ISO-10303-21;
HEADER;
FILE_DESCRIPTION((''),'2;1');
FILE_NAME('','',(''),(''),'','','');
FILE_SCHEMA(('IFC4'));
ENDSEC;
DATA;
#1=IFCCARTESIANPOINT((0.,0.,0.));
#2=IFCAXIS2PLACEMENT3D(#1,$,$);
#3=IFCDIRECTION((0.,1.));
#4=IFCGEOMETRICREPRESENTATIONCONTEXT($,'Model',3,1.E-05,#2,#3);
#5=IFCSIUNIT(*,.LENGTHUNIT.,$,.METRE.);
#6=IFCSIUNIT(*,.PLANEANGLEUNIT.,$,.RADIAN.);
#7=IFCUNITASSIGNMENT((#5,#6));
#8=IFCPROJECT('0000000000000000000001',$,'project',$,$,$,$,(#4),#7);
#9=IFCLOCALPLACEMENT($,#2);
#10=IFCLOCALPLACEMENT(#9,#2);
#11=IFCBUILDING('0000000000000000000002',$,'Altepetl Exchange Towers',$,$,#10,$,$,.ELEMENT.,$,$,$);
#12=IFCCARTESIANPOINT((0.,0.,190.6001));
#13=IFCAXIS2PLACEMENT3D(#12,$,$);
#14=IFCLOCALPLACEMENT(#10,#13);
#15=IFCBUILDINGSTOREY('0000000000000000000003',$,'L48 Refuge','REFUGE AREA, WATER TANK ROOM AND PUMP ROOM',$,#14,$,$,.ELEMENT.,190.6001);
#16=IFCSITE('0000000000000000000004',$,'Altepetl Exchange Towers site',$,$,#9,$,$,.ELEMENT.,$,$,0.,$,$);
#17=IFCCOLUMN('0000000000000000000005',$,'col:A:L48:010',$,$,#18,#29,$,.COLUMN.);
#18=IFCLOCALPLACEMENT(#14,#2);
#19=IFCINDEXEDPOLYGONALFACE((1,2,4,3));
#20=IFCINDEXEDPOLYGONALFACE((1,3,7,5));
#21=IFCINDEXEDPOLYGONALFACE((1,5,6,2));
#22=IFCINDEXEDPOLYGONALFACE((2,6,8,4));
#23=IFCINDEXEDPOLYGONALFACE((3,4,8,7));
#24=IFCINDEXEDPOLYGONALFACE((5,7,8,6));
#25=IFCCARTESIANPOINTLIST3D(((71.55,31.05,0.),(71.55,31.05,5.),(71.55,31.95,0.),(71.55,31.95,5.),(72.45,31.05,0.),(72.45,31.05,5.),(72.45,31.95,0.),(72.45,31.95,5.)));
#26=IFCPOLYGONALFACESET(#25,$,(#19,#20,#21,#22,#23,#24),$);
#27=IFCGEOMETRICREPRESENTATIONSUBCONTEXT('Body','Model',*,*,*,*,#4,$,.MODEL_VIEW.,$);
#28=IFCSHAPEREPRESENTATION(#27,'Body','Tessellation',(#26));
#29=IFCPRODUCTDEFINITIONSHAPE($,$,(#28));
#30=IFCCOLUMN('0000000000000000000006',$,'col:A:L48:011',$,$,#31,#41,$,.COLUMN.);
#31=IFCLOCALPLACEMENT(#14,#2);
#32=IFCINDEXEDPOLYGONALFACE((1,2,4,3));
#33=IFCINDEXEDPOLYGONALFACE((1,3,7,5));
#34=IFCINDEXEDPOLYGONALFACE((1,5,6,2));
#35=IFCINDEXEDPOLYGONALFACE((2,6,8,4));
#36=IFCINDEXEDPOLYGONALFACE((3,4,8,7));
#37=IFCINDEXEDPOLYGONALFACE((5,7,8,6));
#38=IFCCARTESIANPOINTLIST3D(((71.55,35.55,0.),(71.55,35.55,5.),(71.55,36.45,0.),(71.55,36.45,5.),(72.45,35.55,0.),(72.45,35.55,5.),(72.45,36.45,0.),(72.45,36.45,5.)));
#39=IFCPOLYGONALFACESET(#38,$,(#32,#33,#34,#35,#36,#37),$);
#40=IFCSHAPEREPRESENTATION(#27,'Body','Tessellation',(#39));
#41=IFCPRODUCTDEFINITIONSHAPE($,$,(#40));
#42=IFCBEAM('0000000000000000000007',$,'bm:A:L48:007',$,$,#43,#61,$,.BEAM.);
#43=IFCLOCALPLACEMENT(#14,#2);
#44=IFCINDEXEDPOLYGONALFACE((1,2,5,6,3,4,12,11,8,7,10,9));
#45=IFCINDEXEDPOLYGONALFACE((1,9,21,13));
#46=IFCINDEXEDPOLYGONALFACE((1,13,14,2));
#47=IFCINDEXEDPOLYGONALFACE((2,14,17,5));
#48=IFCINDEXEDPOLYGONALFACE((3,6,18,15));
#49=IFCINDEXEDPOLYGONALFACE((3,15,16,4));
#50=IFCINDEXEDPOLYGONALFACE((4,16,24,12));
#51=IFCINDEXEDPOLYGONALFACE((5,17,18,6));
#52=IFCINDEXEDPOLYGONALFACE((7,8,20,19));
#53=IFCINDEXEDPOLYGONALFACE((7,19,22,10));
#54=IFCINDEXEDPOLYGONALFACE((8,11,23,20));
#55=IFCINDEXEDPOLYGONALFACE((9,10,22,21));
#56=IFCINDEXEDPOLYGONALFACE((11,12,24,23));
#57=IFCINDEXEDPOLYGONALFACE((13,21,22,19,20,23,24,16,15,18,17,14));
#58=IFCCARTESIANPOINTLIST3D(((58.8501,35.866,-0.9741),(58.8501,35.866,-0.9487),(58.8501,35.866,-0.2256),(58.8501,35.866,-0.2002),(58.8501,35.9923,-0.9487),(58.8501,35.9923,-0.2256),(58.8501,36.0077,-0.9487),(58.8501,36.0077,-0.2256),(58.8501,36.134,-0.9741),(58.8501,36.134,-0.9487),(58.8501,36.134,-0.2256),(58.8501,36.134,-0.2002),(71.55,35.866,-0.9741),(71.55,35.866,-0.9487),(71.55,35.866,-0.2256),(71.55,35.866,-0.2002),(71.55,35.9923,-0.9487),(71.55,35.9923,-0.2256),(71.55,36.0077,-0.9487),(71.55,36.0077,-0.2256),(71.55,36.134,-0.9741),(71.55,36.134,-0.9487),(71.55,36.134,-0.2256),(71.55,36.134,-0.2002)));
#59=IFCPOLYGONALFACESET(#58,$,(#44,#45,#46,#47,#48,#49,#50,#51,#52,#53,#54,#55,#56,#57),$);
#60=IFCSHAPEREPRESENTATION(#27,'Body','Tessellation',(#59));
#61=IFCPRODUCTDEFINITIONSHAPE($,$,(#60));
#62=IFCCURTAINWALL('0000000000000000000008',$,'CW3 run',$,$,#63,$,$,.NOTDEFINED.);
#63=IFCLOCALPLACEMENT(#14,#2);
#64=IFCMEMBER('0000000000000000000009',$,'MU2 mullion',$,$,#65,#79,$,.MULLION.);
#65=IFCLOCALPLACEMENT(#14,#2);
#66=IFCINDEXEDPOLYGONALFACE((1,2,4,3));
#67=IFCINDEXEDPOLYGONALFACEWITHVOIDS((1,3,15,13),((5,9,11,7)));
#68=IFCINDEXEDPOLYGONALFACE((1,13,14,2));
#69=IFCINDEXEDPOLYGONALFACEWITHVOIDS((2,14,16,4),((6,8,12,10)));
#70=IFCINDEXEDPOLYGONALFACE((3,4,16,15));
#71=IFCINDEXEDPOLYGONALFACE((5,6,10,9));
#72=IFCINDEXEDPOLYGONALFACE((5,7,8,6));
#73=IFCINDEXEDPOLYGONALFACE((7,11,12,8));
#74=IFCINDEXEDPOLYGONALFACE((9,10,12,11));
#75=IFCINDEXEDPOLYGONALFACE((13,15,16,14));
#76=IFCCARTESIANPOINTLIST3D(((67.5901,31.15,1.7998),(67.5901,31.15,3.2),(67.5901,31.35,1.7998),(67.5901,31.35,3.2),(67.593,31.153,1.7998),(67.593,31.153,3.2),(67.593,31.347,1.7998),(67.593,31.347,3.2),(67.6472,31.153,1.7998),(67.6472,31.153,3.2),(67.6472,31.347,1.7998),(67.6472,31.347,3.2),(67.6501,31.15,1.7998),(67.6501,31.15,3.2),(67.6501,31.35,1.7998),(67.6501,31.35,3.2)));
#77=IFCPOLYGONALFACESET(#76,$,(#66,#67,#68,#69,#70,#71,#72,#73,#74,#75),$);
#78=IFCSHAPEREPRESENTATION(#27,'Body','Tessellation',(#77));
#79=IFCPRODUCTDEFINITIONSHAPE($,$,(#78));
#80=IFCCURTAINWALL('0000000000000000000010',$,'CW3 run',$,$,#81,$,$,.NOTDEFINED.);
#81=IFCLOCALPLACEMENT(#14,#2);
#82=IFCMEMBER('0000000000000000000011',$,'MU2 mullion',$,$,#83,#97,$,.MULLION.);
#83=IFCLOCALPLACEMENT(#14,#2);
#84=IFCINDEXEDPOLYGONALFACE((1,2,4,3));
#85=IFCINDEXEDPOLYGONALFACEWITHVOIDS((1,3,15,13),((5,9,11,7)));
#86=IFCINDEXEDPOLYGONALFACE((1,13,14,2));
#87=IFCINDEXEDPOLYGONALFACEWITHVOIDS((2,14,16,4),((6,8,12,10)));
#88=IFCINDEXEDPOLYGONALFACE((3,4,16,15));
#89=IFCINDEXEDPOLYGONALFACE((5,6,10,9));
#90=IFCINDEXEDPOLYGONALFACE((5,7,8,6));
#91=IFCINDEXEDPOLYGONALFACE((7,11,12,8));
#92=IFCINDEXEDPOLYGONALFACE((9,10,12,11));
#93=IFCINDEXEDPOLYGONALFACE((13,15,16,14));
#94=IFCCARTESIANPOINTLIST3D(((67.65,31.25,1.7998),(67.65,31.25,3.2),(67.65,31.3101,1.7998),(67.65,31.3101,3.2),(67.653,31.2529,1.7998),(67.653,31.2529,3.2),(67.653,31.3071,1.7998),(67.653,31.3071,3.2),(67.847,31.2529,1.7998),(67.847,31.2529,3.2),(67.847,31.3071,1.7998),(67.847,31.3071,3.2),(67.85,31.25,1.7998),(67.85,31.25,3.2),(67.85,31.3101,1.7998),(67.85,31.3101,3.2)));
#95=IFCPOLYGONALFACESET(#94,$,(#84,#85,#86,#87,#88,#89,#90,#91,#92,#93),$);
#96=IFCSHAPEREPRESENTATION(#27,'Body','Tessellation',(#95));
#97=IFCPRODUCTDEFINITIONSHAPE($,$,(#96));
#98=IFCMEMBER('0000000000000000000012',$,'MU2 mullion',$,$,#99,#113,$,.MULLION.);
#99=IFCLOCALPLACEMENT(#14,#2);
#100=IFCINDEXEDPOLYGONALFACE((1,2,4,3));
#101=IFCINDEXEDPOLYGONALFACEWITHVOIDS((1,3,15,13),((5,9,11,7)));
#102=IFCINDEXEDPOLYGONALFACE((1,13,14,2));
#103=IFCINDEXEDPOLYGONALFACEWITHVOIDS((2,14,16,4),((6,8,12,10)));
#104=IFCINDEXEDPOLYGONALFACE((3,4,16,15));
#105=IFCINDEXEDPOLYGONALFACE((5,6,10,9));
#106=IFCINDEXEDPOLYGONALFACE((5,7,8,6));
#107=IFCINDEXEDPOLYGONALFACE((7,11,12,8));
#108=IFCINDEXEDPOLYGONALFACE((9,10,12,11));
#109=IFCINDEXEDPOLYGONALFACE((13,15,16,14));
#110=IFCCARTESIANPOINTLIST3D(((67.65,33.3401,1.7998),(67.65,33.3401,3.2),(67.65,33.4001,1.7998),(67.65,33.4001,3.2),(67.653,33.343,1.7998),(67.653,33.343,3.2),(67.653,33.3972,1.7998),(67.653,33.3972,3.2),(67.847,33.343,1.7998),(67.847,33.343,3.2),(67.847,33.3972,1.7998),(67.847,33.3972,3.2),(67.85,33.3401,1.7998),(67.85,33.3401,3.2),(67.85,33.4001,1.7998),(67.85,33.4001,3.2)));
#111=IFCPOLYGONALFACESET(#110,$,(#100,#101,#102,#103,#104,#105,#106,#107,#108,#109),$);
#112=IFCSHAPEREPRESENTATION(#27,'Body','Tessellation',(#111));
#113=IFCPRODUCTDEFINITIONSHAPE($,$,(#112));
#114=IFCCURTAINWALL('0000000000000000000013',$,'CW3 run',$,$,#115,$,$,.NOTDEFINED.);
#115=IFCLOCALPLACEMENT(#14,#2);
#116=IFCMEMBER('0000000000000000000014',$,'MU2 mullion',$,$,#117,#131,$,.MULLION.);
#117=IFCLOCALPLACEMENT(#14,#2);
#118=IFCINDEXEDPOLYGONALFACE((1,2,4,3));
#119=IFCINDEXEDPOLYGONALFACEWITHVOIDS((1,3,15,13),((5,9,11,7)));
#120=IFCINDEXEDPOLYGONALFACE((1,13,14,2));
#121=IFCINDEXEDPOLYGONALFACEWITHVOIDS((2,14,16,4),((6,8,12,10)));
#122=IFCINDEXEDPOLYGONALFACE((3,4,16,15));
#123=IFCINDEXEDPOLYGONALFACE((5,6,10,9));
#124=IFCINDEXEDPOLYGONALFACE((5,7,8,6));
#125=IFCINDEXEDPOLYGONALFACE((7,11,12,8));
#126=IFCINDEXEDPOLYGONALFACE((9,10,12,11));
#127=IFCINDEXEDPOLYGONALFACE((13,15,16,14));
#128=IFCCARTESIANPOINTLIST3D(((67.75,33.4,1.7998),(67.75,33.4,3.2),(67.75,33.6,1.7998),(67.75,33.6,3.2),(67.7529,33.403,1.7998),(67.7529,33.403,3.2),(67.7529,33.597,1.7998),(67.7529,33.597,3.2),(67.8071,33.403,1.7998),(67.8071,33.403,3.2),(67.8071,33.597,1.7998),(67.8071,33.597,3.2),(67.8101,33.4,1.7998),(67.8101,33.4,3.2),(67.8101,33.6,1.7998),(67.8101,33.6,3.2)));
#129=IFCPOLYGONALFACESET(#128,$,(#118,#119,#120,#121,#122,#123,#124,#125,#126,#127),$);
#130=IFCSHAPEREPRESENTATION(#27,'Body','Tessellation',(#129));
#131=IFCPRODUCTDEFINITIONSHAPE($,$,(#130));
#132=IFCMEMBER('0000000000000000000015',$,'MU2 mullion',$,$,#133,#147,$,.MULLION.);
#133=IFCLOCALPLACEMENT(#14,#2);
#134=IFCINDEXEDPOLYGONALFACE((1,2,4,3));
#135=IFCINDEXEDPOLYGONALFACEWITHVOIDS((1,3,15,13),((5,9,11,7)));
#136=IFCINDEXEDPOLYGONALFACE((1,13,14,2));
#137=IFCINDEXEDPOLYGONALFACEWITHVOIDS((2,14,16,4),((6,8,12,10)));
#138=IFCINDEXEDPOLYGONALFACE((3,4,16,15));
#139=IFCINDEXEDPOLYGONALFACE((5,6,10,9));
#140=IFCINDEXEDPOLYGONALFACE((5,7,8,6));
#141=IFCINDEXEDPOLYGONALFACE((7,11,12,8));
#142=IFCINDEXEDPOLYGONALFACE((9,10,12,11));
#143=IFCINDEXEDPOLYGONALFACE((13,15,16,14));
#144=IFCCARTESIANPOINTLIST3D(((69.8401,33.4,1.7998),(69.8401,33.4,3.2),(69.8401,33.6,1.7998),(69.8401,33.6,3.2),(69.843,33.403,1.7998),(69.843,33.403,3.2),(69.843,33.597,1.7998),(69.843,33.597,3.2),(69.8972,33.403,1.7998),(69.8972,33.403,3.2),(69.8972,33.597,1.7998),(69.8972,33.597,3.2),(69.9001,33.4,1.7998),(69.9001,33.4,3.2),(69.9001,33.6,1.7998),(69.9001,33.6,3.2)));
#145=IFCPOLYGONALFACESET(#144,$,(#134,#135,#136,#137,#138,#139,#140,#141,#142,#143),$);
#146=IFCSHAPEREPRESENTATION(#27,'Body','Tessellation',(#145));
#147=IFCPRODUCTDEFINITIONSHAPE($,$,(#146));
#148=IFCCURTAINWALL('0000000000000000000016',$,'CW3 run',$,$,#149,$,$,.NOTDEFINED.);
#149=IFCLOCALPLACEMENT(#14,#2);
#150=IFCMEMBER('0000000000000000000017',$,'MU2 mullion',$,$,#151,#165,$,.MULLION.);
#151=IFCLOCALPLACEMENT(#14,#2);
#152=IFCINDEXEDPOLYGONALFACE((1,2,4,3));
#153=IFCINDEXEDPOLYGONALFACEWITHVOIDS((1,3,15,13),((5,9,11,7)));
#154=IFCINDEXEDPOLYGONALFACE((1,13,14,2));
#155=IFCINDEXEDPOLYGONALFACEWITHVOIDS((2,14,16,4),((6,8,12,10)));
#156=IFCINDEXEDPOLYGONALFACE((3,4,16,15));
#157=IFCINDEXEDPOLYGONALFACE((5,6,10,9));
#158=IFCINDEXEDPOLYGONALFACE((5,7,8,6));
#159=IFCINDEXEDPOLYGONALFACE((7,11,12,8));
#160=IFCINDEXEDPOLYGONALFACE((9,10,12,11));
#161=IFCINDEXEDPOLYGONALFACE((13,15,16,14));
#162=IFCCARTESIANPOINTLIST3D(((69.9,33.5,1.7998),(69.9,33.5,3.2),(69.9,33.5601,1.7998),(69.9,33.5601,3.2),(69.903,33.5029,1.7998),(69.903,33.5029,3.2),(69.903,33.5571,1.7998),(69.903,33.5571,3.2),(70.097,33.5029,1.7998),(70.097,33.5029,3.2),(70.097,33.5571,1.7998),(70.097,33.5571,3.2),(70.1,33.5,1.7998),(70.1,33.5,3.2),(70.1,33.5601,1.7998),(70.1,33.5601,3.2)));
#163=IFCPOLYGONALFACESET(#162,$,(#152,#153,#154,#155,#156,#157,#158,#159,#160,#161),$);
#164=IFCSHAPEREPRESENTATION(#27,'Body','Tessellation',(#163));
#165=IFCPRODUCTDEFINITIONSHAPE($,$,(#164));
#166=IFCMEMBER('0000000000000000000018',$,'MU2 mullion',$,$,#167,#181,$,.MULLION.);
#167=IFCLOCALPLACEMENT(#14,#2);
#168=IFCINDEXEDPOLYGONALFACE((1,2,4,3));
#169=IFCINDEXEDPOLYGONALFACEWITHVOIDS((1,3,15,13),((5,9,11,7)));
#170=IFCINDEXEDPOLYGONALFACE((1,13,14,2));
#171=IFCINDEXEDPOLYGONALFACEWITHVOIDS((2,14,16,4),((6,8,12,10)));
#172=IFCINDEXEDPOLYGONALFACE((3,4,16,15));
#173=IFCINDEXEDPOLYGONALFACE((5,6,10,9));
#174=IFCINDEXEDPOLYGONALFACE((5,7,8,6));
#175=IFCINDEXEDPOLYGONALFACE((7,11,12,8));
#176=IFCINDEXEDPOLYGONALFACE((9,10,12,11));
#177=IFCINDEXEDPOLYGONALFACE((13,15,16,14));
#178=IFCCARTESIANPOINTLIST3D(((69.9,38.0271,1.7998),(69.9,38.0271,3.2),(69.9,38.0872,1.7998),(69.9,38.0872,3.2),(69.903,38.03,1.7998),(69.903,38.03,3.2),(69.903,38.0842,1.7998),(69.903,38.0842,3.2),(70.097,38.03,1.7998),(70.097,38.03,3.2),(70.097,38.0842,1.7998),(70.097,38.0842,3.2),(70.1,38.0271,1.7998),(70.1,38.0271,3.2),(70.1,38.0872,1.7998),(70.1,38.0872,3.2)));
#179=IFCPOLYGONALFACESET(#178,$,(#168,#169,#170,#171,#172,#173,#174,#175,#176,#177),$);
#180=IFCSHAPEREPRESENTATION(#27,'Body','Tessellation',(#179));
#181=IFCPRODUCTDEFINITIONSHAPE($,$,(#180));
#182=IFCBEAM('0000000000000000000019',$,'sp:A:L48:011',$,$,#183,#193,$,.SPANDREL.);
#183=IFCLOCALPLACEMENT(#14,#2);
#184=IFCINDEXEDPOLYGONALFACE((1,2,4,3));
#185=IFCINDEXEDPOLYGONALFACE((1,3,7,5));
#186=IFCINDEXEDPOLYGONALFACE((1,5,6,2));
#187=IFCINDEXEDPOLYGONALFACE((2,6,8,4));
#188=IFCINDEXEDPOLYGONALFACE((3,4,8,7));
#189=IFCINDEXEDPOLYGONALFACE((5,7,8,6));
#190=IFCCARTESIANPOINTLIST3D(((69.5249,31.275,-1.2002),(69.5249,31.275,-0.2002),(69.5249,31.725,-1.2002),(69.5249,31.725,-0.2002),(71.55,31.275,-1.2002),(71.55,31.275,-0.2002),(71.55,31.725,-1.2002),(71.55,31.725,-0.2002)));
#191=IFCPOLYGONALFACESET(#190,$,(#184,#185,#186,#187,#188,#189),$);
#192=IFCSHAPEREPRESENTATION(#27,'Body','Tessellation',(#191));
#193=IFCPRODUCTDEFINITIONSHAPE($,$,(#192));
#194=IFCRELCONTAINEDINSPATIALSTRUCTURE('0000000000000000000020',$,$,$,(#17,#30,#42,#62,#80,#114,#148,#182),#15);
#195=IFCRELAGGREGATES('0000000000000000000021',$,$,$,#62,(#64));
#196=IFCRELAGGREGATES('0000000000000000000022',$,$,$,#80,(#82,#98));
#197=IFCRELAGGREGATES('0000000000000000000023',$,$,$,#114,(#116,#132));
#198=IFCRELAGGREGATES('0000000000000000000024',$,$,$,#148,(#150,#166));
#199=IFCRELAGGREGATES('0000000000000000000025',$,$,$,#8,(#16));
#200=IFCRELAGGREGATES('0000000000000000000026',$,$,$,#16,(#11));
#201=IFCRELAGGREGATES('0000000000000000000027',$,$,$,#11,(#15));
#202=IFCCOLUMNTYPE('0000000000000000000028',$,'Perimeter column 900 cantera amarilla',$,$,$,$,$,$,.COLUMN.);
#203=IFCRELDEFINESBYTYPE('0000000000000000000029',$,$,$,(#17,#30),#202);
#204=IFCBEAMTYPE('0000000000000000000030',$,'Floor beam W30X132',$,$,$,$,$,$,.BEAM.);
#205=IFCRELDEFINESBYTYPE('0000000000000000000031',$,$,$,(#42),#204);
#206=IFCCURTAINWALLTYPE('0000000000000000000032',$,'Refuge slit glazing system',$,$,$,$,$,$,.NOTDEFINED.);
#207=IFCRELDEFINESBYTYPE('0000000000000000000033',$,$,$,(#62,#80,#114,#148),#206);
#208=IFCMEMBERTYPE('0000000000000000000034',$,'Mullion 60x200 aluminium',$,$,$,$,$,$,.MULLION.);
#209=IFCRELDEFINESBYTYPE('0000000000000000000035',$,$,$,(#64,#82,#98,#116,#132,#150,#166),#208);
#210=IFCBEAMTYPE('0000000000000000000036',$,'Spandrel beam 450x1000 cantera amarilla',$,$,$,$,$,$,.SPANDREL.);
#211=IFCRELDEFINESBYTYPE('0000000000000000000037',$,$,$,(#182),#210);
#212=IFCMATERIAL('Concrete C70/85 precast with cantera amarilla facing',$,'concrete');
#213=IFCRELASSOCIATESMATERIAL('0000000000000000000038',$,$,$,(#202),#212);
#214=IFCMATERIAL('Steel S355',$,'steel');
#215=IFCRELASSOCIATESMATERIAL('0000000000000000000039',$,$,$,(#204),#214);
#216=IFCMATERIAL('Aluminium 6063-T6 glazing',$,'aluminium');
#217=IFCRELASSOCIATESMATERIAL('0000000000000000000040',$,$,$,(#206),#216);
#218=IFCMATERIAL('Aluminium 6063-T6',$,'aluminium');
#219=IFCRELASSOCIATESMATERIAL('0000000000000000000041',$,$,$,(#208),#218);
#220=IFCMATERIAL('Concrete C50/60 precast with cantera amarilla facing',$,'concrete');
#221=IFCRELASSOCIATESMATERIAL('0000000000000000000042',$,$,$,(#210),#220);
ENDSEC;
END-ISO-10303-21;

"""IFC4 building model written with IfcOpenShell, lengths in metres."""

from ifc_helpers import new_model, si_unit, direction, frame, origin, origin_2d, place, context, subcontext, project, spatial, rectangle, hollow_rectangle, i_section, extrude, material, material_profile, profile_set, type_object, element, aggregate, save


model = new_model("IFC4")

# Units and contexts
model_context = context("Model", 3, precision=1e-05, world=origin(), true_north=direction((0.0, 1.0)))
body_context = subcontext(model_context, "Body", "Model", "MODEL_VIEW")
ifc_project = project(units=[si_unit("LENGTHUNIT", "METRE"), si_unit("PLANEANGLEUNIT", "RADIAN")], contexts=[model_context])

# Site, building, storey
site_placement = place(None, origin())
site = spatial("IfcSite", under=ifc_project, at=site_placement, Name="Altepetl Exchange Towers site", CompositionType="ELEMENT", RefElevation=0.0)
building_placement = place(site_placement, origin())
building = spatial("IfcBuilding", under=site, at=building_placement, Name="Altepetl Exchange Towers", CompositionType="ELEMENT")
storey_placement = place(building_placement, frame((0.0, 0.0, 190.6001)))
storey = spatial("IfcBuildingStorey", under=building, at=storey_placement, Name="L48 Refuge", Description="REFUGE AREA, WATER TANK ROOM AND PUMP ROOM", CompositionType="ELEMENT", Elevation=190.6001)

# Columns
ifc_material_1 = material(Name="Concrete C70/85 precast with cantera amarilla facing", Category="concrete")
ifc_material_profile_1 = material_profile(ifc_material_1, rectangle(XDim=0.8999, YDim=0.8999, at=origin_2d()), Name="900 x 900")
ifc_profile_set_1 = profile_set([ifc_material_profile_1], Name="Concrete C70/85 precast with cantera amarilla facing")
column_type = type_object("IfcColumnType", Name="Perimeter column 900 cantera amarilla", PredefinedType="COLUMN", material=ifc_profile_set_1)
for number, where, name in (
    (1, (72.0, 31.5, 0.0), "col:A:L48:010"),
    (2, (72.0, 36.0, 0.0), "col:A:L48:011"),
):
    element("IfcColumn", number, at=place(storey_placement, frame(where)), inside=storey, type_object=column_type, Name=name, PredefinedType="COLUMN", context=body_context, shape_type="SweptSolid", body=[
        extrude(rectangle(XDim=0.8999, YDim=0.8999, at=origin_2d()), origin(), (0.0, 0.0, 1.0), 5.0),
    ])

# Beam
ifc_material_2 = material(Name="Steel S355", Category="steel")
ifc_material_profile_2 = material_profile(ifc_material_2, i_section(OverallWidth=0.2681, OverallDepth=0.7739, WebThickness=0.0154, FlangeThickness=0.0254, at=origin_2d()), Name="W30X132")
ifc_profile_set_2 = profile_set([ifc_material_profile_2], Name="Steel S355")
beam_type_1 = type_object("IfcBeamType", Name="Floor beam W30X132", PredefinedType="BEAM", material=ifc_profile_set_2)
beam_1_placement = place(storey_placement, frame((58.8501, 36.0, -0.5872), z_axis=(1.0, 0.0, 0.0), x_axis=(0.0, 1.0, 0.0)))
element("IfcBeam", 3, at=beam_1_placement, inside=storey, type_object=beam_type_1, Name="bm:A:L48:007", PredefinedType="BEAM", context=body_context, shape_type="SweptSolid", body=[
    extrude(i_section(OverallWidth=0.2681, OverallDepth=0.7739, WebThickness=0.0154, FlangeThickness=0.0254, at=origin_2d()), origin(), (0.0, 0.0, 1.0), 12.7),
])

# Curtain wall, member
ifc_material_3 = material(Name="Aluminium 6063-T6 glazing", Category="aluminium")
curtain_wall_type = type_object("IfcCurtainWallType", Name="Refuge slit glazing system", PredefinedType="NOTDEFINED", material=ifc_material_3)
curtain_wall_1_placement = place(storey_placement, origin())
curtain_wall_1 = element("IfcCurtainWall", 4, at=curtain_wall_1_placement, inside=storey, type_object=curtain_wall_type, Name="CW3 run", PredefinedType="NOTDEFINED")
ifc_material_4 = material(Name="Aluminium 6063-T6", Category="aluminium")
ifc_material_profile_3 = material_profile(ifc_material_4, hollow_rectangle(XDim=0.0601, YDim=0.2, WallThickness=0.0029, at=origin_2d()), Name="Mullion 60x200 aluminium")
ifc_profile_set_3 = profile_set([ifc_material_profile_3], Name="Aluminium 6063-T6")
member_type = type_object("IfcMemberType", Name="Mullion 60x200 aluminium", PredefinedType="MULLION", material=ifc_profile_set_3)
member_1_placement = place(storey_placement, frame((67.6201, 31.25, 1.7998)))
member_1 = element("IfcMember", 5, at=member_1_placement, type_object=member_type, Name="MU2 mullion", PredefinedType="MULLION", context=body_context, shape_type="SweptSolid", body=[
    extrude(hollow_rectangle(XDim=0.0601, YDim=0.2, WallThickness=0.0029, at=origin_2d()), origin(), (0.0, 0.0, 1.0), 1.4001),
])
aggregate(curtain_wall_1, [member_1])

# Curtain walls, members
curtain_wall_2_placement = place(storey_placement, origin())
curtain_wall_2 = element("IfcCurtainWall", 6, at=curtain_wall_2_placement, inside=storey, type_object=curtain_wall_type, Name="CW3 run", PredefinedType="NOTDEFINED")
member_2_placement = place(storey_placement, frame((67.75, 31.28, 1.7998), z_axis=(0.0, 0.0, 1.0), x_axis=(0.0, 1.0, 0.0)))
member_2 = element("IfcMember", 7, at=member_2_placement, type_object=member_type, Name="MU2 mullion", PredefinedType="MULLION", context=body_context, shape_type="SweptSolid", body=[
    extrude(hollow_rectangle(XDim=0.0601, YDim=0.2, WallThickness=0.0029, at=origin_2d()), origin(), (0.0, 0.0, 1.0), 1.4001),
])
member_3_placement = place(storey_placement, frame((67.75, 33.3701, 1.7998), z_axis=(0.0, 0.0, 1.0), x_axis=(0.0, 1.0, 0.0)))
member_3 = element("IfcMember", 8, at=member_3_placement, type_object=member_type, Name="MU2 mullion", PredefinedType="MULLION", context=body_context, shape_type="SweptSolid", body=[
    extrude(hollow_rectangle(XDim=0.0601, YDim=0.2, WallThickness=0.0029, at=origin_2d()), origin(), (0.0, 0.0, 1.0), 1.4001),
])
curtain_wall_3_placement = place(storey_placement, origin())
curtain_wall_3 = element("IfcCurtainWall", 9, at=curtain_wall_3_placement, inside=storey, type_object=curtain_wall_type, Name="CW3 run", PredefinedType="NOTDEFINED")
member_4_placement = place(storey_placement, frame((67.78, 33.5, 1.7998)))
member_4 = element("IfcMember", 10, at=member_4_placement, type_object=member_type, Name="MU2 mullion", PredefinedType="MULLION", context=body_context, shape_type="SweptSolid", body=[
    extrude(hollow_rectangle(XDim=0.0601, YDim=0.2, WallThickness=0.0029, at=origin_2d()), origin(), (0.0, 0.0, 1.0), 1.4001),
])
member_5_placement = place(storey_placement, frame((69.8701, 33.5, 1.7998)))
member_5 = element("IfcMember", 11, at=member_5_placement, type_object=member_type, Name="MU2 mullion", PredefinedType="MULLION", context=body_context, shape_type="SweptSolid", body=[
    extrude(hollow_rectangle(XDim=0.0601, YDim=0.2, WallThickness=0.0029, at=origin_2d()), origin(), (0.0, 0.0, 1.0), 1.4001),
])
curtain_wall_4_placement = place(storey_placement, origin())
curtain_wall_4 = element("IfcCurtainWall", 12, at=curtain_wall_4_placement, inside=storey, type_object=curtain_wall_type, Name="CW3 run", PredefinedType="NOTDEFINED")
member_6_placement = place(storey_placement, frame((70.0, 33.53, 1.7998), z_axis=(0.0, 0.0, 1.0), x_axis=(0.0, 1.0, 0.0)))
member_6 = element("IfcMember", 13, at=member_6_placement, type_object=member_type, Name="MU2 mullion", PredefinedType="MULLION", context=body_context, shape_type="SweptSolid", body=[
    extrude(hollow_rectangle(XDim=0.0601, YDim=0.2, WallThickness=0.0029, at=origin_2d()), origin(), (0.0, 0.0, 1.0), 1.4001),
])
member_7_placement = place(storey_placement, frame((70.0, 38.0571, 1.7998), z_axis=(0.0, 0.0, 1.0), x_axis=(0.0, 1.0, 0.0)))
member_7 = element("IfcMember", 14, at=member_7_placement, type_object=member_type, Name="MU2 mullion", PredefinedType="MULLION", context=body_context, shape_type="SweptSolid", body=[
    extrude(hollow_rectangle(XDim=0.0601, YDim=0.2, WallThickness=0.0029, at=origin_2d()), origin(), (0.0, 0.0, 1.0), 1.4001),
])

# Beam
ifc_material_5 = material(Name="Concrete C50/60 precast with cantera amarilla facing", Category="concrete")
ifc_material_profile_4 = material_profile(ifc_material_5, rectangle(XDim=0.45, YDim=1.0, at=origin_2d()), Name="450 x 1000")
ifc_profile_set_4 = profile_set([ifc_material_profile_4], Name="Concrete C50/60 precast with cantera amarilla facing")
beam_type_2 = type_object("IfcBeamType", Name="Spandrel beam 450x1000 cantera amarilla", PredefinedType="SPANDREL", material=ifc_profile_set_4)
beam_2_placement = place(storey_placement, frame((69.5249, 31.5, -0.7002), z_axis=(1.0, 0.0, 0.0), x_axis=(0.0, 1.0, 0.0)))
element("IfcBeam", 15, at=beam_2_placement, inside=storey, type_object=beam_type_2, Name="sp:A:L48:011", PredefinedType="SPANDREL", context=body_context, shape_type="SweptSolid", body=[
    extrude(rectangle(XDim=0.45, YDim=1.0, at=origin_2d()), origin(), (0.0, 0.0, 1.0), 2.0251),
])

aggregate(curtain_wall_2, [member_2, member_3])
aggregate(curtain_wall_3, [member_4, member_5])
aggregate(curtain_wall_4, [member_6, member_7])

save(model, "model.ifc")
